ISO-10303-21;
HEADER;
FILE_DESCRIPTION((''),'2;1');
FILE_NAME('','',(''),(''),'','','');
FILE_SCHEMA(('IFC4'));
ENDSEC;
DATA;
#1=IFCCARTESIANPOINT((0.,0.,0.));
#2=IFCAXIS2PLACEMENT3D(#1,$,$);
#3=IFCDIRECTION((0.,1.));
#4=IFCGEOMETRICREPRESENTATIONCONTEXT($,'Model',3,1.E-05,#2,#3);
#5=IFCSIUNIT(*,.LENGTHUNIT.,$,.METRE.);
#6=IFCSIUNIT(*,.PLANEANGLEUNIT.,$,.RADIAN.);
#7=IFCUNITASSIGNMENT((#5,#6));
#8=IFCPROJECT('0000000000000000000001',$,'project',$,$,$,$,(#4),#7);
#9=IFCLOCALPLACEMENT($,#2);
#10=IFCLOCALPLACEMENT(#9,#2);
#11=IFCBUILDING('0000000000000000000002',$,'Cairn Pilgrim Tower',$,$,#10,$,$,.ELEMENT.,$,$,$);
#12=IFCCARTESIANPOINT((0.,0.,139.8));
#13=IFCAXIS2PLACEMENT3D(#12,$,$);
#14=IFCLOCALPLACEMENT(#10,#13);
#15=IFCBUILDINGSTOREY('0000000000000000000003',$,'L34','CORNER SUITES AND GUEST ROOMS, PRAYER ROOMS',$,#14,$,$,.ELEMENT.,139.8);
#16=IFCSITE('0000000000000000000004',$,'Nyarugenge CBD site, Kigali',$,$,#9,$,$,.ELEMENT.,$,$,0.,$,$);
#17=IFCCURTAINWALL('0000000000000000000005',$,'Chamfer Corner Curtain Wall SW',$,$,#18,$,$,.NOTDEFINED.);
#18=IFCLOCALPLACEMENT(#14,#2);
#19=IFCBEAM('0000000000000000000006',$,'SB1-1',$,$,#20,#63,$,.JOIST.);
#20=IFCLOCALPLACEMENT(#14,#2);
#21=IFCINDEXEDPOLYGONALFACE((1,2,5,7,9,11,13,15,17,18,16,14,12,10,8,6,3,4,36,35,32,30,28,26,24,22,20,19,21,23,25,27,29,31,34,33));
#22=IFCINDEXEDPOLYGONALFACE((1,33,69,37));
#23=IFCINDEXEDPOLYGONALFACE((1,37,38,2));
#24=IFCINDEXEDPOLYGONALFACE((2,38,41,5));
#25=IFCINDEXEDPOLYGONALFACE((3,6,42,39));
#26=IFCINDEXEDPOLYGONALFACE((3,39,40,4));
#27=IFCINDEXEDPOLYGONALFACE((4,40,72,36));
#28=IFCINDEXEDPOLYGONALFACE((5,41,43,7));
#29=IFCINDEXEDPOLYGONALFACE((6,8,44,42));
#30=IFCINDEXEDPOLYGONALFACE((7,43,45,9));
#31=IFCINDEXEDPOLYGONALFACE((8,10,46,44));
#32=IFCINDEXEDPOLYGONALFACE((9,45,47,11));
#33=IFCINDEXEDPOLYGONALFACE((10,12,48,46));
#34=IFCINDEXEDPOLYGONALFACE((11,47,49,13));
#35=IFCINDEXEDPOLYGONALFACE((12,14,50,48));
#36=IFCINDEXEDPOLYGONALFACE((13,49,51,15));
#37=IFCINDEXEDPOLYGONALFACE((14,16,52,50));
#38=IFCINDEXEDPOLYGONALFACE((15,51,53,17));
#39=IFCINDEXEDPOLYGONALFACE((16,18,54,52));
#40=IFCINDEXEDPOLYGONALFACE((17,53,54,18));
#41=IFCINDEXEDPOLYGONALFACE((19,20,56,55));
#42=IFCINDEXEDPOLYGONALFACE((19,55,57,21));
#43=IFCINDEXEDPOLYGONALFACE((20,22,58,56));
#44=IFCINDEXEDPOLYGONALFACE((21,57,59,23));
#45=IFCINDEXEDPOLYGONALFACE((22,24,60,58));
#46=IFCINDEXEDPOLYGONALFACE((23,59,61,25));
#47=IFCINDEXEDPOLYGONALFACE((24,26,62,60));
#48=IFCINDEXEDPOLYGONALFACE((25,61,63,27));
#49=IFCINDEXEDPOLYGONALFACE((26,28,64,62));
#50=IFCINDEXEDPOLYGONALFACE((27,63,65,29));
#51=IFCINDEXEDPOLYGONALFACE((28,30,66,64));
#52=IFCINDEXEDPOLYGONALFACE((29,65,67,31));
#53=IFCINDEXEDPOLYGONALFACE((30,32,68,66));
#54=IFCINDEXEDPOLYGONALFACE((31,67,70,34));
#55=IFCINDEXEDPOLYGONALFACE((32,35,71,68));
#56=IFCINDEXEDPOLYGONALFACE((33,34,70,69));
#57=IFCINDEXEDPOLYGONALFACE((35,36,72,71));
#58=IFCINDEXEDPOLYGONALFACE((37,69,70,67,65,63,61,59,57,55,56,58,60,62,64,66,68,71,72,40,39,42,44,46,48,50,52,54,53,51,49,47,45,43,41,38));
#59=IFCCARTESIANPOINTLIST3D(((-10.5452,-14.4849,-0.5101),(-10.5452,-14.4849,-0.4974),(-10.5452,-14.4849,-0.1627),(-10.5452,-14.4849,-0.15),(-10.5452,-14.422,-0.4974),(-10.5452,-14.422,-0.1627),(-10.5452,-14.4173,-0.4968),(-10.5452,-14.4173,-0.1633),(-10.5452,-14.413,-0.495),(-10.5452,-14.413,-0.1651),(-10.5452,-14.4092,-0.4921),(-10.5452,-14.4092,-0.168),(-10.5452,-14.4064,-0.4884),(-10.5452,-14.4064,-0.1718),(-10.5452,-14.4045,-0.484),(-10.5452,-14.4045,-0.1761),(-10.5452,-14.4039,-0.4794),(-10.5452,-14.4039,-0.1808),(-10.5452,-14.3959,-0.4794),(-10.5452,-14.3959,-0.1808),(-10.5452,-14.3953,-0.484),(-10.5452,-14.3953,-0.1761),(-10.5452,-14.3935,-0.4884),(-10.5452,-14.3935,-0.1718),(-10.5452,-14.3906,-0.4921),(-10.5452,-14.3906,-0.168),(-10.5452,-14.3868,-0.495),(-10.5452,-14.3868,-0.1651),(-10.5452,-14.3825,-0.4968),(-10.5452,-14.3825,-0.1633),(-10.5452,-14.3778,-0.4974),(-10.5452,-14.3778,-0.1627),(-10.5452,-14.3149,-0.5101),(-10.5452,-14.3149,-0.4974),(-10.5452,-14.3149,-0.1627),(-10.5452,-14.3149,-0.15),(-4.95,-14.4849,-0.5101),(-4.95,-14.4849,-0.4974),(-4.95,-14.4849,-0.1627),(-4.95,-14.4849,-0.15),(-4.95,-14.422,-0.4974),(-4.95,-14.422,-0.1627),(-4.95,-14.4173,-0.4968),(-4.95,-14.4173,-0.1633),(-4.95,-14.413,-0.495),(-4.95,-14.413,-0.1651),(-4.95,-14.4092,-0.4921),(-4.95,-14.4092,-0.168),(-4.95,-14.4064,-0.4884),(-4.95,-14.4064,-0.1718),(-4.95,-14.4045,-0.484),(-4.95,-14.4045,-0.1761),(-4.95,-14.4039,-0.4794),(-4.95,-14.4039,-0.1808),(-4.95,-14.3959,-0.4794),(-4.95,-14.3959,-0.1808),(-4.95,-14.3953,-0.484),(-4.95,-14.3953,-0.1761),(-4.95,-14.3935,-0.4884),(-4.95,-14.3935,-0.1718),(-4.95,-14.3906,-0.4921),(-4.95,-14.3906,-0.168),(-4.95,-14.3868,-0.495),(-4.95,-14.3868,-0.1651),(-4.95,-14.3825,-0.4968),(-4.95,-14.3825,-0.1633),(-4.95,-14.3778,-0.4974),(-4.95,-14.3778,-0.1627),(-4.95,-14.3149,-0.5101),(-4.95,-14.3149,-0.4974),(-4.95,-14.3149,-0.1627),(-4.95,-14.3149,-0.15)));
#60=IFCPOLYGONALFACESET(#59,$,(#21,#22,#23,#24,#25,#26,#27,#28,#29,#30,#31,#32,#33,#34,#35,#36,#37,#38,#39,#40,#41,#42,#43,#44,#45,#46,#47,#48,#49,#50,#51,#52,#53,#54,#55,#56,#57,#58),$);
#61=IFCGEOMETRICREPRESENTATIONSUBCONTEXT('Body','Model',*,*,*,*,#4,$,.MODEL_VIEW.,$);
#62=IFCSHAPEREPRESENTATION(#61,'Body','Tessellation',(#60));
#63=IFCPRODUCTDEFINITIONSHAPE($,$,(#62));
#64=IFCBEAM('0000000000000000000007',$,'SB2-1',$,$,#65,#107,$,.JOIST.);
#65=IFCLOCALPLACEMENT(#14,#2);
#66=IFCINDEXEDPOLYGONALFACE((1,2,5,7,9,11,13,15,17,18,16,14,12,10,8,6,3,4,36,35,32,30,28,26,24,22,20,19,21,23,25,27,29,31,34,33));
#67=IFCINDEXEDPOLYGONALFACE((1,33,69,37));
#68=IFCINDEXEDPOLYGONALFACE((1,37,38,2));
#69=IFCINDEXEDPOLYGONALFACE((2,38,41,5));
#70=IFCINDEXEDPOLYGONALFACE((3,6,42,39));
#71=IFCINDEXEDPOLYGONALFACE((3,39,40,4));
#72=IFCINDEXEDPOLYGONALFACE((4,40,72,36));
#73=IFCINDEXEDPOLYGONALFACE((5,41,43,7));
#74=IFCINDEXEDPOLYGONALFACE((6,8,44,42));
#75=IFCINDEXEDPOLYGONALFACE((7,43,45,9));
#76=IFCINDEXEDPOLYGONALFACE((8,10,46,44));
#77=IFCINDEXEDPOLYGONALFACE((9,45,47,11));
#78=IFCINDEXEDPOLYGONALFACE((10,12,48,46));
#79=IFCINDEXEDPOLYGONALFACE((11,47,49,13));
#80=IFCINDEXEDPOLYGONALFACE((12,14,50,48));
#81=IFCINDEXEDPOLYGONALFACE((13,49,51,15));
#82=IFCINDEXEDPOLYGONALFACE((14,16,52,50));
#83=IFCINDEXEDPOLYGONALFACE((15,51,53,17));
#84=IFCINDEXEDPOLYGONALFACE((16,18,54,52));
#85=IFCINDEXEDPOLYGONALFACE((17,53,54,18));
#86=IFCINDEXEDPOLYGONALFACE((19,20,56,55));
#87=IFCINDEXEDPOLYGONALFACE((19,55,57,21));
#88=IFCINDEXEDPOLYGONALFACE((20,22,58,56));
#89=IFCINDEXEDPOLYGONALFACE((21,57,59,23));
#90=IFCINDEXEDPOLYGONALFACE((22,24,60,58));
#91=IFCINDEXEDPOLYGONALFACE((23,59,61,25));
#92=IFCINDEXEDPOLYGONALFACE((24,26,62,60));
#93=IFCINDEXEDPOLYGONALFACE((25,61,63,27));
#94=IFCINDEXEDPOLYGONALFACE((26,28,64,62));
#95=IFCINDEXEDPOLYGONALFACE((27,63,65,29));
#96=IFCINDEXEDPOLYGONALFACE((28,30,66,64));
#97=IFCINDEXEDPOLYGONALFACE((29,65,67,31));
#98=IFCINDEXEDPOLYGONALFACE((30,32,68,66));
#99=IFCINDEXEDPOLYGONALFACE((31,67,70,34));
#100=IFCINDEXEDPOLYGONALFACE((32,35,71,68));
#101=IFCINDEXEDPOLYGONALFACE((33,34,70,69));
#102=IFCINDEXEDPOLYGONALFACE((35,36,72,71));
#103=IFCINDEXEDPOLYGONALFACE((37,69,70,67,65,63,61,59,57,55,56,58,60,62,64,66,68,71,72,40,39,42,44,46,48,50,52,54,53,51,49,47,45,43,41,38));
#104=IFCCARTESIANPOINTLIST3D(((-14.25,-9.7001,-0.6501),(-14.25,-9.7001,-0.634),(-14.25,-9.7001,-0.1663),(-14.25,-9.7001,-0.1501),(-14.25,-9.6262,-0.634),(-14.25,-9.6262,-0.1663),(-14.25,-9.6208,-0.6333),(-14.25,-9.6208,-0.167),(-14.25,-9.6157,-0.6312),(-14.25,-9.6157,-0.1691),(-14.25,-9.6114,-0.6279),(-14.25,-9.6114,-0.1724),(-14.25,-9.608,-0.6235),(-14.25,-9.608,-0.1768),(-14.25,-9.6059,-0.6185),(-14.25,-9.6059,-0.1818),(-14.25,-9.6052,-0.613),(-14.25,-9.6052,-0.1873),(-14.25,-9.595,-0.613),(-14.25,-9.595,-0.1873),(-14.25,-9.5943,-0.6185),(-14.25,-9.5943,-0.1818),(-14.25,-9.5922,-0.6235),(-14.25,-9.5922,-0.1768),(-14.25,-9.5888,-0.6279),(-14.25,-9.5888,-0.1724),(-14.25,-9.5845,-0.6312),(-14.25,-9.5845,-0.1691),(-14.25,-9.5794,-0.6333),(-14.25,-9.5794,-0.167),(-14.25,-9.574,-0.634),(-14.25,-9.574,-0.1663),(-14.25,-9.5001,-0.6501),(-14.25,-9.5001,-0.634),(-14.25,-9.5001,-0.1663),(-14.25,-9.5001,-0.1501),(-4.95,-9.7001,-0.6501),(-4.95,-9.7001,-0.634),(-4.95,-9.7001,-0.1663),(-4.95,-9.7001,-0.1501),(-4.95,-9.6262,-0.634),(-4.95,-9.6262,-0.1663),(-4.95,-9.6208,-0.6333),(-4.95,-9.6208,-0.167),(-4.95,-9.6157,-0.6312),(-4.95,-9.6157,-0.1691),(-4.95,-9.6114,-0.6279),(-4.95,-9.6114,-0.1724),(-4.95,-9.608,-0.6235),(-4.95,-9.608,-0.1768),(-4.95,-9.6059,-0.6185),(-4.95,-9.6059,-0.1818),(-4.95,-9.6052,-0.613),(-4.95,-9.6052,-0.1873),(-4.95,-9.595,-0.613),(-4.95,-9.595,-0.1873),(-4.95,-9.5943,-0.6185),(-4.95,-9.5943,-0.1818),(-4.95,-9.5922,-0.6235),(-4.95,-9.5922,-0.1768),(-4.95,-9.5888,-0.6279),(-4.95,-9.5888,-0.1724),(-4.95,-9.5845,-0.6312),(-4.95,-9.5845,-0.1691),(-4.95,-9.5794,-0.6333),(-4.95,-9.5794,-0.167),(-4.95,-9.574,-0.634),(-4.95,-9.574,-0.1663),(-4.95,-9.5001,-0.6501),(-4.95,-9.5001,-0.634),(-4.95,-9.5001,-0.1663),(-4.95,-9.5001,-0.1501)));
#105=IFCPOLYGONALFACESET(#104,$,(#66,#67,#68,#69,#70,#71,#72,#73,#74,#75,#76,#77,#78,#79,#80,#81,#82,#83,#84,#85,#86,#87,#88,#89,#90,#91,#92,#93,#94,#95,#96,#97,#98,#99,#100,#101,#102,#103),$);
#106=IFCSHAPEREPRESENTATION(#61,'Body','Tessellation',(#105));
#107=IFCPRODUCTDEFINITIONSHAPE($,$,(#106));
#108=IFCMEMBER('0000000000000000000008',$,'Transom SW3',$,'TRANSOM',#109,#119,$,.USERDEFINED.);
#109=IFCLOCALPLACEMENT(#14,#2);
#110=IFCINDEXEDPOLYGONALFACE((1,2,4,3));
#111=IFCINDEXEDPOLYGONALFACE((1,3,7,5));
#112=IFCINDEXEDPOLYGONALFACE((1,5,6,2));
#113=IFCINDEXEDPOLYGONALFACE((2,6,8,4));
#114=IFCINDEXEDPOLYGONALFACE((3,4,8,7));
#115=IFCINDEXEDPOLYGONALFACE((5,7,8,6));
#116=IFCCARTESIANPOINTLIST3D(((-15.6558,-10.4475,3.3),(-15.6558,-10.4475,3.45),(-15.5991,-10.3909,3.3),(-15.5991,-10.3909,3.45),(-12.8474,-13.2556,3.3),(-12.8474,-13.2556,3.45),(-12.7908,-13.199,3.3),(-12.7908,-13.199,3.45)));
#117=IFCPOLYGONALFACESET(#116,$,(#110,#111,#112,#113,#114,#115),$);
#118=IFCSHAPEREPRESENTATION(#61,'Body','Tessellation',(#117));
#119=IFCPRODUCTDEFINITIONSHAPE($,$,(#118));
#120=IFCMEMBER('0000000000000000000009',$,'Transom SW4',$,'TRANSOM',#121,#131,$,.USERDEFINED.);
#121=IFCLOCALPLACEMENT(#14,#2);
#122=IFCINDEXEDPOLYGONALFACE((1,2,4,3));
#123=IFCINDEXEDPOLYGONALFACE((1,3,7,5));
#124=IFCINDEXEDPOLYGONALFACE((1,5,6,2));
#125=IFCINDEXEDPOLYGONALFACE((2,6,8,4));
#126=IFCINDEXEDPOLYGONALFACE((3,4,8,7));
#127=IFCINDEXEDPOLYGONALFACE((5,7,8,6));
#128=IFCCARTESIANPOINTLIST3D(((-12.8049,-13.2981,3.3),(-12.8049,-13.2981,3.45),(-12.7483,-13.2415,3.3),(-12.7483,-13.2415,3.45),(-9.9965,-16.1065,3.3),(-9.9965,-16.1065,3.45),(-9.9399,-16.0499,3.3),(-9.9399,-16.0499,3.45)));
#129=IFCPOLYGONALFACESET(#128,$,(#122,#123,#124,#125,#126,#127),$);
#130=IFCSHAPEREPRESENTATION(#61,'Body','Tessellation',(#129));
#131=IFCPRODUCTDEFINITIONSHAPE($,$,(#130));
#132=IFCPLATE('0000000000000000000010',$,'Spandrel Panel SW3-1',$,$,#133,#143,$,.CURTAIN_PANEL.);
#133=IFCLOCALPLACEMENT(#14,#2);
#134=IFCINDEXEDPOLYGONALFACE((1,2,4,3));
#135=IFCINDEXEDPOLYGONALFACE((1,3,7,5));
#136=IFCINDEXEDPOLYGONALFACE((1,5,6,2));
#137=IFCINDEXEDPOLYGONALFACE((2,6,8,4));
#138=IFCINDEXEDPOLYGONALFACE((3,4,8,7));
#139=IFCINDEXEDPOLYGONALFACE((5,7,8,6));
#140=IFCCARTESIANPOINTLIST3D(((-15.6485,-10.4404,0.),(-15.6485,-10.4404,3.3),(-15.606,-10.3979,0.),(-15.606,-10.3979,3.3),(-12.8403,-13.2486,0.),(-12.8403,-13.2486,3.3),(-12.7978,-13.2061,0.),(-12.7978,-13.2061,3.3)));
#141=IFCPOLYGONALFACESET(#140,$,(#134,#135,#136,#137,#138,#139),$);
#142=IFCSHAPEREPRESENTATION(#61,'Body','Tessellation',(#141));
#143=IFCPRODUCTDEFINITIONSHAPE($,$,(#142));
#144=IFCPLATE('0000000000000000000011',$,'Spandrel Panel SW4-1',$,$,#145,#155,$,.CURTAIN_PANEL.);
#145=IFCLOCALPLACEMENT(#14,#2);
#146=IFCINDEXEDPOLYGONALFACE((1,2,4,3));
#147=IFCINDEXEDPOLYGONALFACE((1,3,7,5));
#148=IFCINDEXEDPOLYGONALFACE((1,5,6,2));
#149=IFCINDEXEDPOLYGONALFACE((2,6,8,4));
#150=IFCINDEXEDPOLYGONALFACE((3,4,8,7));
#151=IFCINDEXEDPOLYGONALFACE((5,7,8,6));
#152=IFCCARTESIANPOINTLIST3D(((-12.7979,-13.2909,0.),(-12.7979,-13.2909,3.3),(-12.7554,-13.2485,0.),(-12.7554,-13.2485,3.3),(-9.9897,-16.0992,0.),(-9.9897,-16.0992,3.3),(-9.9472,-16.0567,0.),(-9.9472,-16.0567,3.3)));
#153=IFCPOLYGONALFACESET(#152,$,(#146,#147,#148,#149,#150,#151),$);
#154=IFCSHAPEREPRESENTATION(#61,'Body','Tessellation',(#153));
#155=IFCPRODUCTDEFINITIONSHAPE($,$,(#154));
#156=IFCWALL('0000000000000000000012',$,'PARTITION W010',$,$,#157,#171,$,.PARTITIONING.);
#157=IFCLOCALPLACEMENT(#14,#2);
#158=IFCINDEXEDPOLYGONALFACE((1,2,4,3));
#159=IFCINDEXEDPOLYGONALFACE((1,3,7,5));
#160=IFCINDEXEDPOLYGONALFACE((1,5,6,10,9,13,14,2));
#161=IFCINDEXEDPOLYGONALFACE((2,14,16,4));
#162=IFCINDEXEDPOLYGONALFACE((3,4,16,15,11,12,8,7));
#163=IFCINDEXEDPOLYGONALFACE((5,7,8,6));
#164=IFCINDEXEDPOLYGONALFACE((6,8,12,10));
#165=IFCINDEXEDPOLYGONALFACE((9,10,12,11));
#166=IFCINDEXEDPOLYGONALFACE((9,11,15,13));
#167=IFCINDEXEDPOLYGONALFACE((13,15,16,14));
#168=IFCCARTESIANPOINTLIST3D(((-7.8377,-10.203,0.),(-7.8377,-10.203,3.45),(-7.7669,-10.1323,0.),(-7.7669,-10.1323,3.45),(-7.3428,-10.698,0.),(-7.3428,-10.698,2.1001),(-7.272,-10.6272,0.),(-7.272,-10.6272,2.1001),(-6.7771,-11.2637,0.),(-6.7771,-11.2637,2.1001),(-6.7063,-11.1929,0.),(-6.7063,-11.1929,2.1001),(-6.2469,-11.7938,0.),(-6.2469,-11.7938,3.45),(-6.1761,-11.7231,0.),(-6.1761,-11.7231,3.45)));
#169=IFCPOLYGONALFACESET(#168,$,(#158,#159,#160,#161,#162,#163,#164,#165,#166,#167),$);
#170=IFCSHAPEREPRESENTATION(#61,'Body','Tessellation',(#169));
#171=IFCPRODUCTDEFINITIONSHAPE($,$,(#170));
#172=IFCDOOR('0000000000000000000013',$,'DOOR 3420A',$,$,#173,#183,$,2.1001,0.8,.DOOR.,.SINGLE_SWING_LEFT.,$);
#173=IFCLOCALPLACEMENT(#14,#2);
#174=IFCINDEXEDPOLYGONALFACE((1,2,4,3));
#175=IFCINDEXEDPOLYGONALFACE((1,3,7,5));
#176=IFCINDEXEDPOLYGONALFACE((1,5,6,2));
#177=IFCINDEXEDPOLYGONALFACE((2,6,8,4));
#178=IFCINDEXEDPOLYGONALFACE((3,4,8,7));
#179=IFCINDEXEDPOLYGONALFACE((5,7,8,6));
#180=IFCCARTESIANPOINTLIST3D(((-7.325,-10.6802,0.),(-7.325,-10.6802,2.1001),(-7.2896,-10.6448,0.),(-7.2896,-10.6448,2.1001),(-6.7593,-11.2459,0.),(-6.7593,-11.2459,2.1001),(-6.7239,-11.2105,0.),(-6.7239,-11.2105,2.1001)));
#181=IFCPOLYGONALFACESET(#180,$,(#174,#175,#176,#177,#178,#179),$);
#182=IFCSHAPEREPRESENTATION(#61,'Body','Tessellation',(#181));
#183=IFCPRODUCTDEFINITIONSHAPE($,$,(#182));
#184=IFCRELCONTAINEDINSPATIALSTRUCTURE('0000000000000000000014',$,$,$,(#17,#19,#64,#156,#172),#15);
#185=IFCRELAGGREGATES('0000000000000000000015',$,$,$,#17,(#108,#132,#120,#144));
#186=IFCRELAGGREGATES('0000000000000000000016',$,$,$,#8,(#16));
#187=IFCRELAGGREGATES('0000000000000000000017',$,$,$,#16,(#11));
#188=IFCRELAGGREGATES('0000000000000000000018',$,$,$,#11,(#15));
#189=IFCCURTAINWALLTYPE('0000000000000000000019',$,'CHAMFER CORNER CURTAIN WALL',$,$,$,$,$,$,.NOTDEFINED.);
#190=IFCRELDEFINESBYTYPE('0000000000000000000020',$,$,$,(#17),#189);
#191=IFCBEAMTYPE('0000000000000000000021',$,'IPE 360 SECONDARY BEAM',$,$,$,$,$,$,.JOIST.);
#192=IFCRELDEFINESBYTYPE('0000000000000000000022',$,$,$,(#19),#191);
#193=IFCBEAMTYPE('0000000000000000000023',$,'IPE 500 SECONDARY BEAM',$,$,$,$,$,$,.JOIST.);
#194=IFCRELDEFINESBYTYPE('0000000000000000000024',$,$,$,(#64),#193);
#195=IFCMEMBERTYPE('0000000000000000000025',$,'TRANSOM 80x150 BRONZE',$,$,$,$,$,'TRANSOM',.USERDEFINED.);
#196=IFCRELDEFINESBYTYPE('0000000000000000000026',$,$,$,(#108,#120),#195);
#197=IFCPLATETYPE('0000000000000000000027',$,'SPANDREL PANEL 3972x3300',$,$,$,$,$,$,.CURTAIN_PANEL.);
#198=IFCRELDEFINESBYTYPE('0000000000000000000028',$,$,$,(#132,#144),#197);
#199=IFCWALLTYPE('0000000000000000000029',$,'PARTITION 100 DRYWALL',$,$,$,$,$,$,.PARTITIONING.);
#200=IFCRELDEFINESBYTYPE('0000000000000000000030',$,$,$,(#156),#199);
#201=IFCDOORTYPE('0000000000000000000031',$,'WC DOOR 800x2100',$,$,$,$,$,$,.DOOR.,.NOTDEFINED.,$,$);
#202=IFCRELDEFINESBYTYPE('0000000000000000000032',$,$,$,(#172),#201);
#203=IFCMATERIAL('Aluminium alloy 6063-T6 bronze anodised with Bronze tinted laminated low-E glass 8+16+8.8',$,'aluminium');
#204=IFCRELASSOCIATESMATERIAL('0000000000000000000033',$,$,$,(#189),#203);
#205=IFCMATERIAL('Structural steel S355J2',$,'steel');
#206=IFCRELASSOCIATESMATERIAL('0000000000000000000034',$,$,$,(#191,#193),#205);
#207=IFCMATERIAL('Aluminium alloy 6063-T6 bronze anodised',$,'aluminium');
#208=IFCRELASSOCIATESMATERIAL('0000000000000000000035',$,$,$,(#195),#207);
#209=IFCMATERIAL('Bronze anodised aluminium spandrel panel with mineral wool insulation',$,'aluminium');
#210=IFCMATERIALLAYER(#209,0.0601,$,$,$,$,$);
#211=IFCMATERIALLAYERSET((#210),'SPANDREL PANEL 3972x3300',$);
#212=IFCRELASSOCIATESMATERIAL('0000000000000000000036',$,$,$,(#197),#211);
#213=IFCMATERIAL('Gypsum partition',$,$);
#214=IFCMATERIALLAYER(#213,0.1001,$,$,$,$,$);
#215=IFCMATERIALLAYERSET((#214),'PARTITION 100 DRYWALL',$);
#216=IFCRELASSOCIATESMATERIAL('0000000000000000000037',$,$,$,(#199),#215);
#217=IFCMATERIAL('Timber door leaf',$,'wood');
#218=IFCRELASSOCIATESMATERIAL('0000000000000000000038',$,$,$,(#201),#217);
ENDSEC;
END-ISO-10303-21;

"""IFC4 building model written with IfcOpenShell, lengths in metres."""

from ifc_helpers import new_model, si_unit, direction, frame, frame_2d, origin, origin_2d, place, context, subcontext, project, spatial, rectangle, i_section, extrude, material, layer, layer_set, material_profile, profile_set, type_object, element, fill, aggregate, save


model = new_model("IFC4")

# Units and contexts
model_context = context("Model", 3, precision=1e-05, world=origin(), true_north=direction((0.0, 1.0)))
body_context = subcontext(model_context, "Body", "Model", "MODEL_VIEW")
ifc_project = project(units=[si_unit("LENGTHUNIT", "METRE"), si_unit("PLANEANGLEUNIT", "RADIAN")], contexts=[model_context])

# Site, building, storey
site_placement = place(None, origin())
site = spatial("IfcSite", under=ifc_project, at=site_placement, Name="Nyarugenge CBD site, Kigali", CompositionType="ELEMENT", RefElevation=0.0)
building_placement = place(site_placement, origin())
building = spatial("IfcBuilding", under=site, at=building_placement, Name="Cairn Pilgrim Tower", CompositionType="ELEMENT")
storey_placement = place(building_placement, frame((0.0, 0.0, 139.8)))
storey = spatial("IfcBuildingStorey", under=building, at=storey_placement, Name="L34", Description="CORNER SUITES AND GUEST ROOMS, PRAYER ROOMS", CompositionType="ELEMENT", Elevation=139.8)

# Shared definitions
ifc_material_1 = material(Name="Structural steel S355J2", Category="steel")

# Shared definitions
ifc_material_2 = material(Name="Aluminium alloy 6063-T6 bronze anodised with Bronze tinted laminated low-E glass 8+16+8.8", Category="aluminium")
ifc_material_3 = material(Name="Aluminium alloy 6063-T6 bronze anodised", Category="aluminium")

# Curtain wall
curtain_wall_type_1 = type_object("IfcCurtainWallType", Name="CHAMFER CORNER CURTAIN WALL", PredefinedType="NOTDEFINED", material=ifc_material_2)
curtain_wall_1_placement = place(storey_placement, origin())
curtain_wall_1 = element("IfcCurtainWall", 1, at=curtain_wall_1_placement, inside=storey, type_object=curtain_wall_type_1, Name="Chamfer Corner Curtain Wall SW", PredefinedType="NOTDEFINED")

# Beams
ifc_material_profile_1 = material_profile(ifc_material_1, i_section(OverallWidth=0.1699, OverallDepth=0.3601, WebThickness=0.0081, FlangeThickness=0.0127, FilletRadius=0.0181, at=origin_2d()), Name="IPE 360")
ifc_profile_set_1 = profile_set([ifc_material_profile_1], Name="Structural steel S355J2")
beam_type_1 = type_object("IfcBeamType", Name="IPE 360 SECONDARY BEAM", PredefinedType="JOIST", material=ifc_profile_set_1)
beam_1_placement = place(storey_placement, frame((-10.5452, -14.3999, -0.3301), z_axis=(1.0, 0.0, 0.0), x_axis=(0.0, 1.0, 0.0)))
element("IfcBeam", 2, at=beam_1_placement, inside=storey, type_object=beam_type_1, Name="SB1-1", PredefinedType="JOIST", context=body_context, shape_type="SweptSolid", body=[
    extrude(i_section(OverallWidth=0.1699, OverallDepth=0.3601, WebThickness=0.0081, FlangeThickness=0.0127, FilletRadius=0.0181, at=origin_2d()), origin(), (0.0, 0.0, 1.0), 5.5952),
])
ifc_material_profile_2 = material_profile(ifc_material_1, i_section(OverallWidth=0.2, OverallDepth=0.5, WebThickness=0.0103, FlangeThickness=0.0161, FilletRadius=0.021, at=origin_2d()), Name="IPE 500")
ifc_profile_set_2 = profile_set([ifc_material_profile_2], Name="Structural steel S355J2")
beam_type_2 = type_object("IfcBeamType", Name="IPE 500 SECONDARY BEAM", PredefinedType="JOIST", material=ifc_profile_set_2)
beam_2_placement = place(storey_placement, frame((-14.25, -9.6001, -0.4001), z_axis=(1.0, 0.0, 0.0), x_axis=(0.0, 1.0, 0.0)))
element("IfcBeam", 3, at=beam_2_placement, inside=storey, type_object=beam_type_2, Name="SB2-1", PredefinedType="JOIST", context=body_context, shape_type="SweptSolid", body=[
    extrude(i_section(OverallWidth=0.2, OverallDepth=0.5, WebThickness=0.0103, FlangeThickness=0.0161, FilletRadius=0.021, at=origin_2d()), origin(), (0.0, 0.0, 1.0), 9.3),
])

# Members
ifc_material_profile_3 = material_profile(ifc_material_3, rectangle(XDim=0.0801, YDim=0.1499, at=origin_2d()), Name="TRANSOM 80x150 BRONZE")
ifc_profile_set_3 = profile_set([ifc_material_profile_3], Name="Aluminium alloy 6063-T6 bronze anodised")
member_type_1 = type_object("IfcMemberType", Name="TRANSOM 80x150 BRONZE", ElementType="TRANSOM", PredefinedType="USERDEFINED", material=ifc_profile_set_3)
member_1_placement = place(storey_placement, frame((-15.6274, -10.4192, 3.375), z_axis=(0.707138, -0.707076, 0.0), x_axis=(0.707076, 0.707138, 0.0)))
member_1 = element("IfcMember", 4, at=member_1_placement, type_object=member_type_1, Name="Transom SW3", ObjectType="TRANSOM", PredefinedType="USERDEFINED", context=body_context, shape_type="SweptSolid", body=[
    extrude(rectangle(XDim=0.0801, YDim=0.1499, at=origin_2d()), origin(), (0.0, 0.0, 1.0), 3.9714),
])
member_2_placement = place(storey_placement, frame((-12.7766, -13.2698, 3.375), z_axis=(0.707107, -0.707107, 0.0), x_axis=(0.707107, 0.707107, 0.0)))
member_2 = element("IfcMember", 5, at=member_2_placement, type_object=member_type_1, Name="Transom SW4", ObjectType="TRANSOM", PredefinedType="USERDEFINED", context=body_context, shape_type="SweptSolid", body=[
    extrude(rectangle(XDim=0.0801, YDim=0.1499, at=origin_2d()), origin(), (0.0, 0.0, 1.0), 3.9717),
])

# Plates
ifc_material_4 = material(Name="Bronze anodised aluminium spandrel panel with mineral wool insulation", Category="aluminium")
ifc_layer_1 = layer(ifc_material_4, 0.0601)
ifc_layer_set_1 = layer_set([ifc_layer_1], Name="SPANDREL PANEL 3972x3300")
plate_type = type_object("IfcPlateType", Name="SPANDREL PANEL 3972x3300", PredefinedType="CURTAIN_PANEL", material=ifc_layer_set_1)
plate_1_placement = place(storey_placement, frame((-14.2231, -11.8232, 0.0), z_axis=(0.0, 0.0, 1.0), x_axis=(0.707107, -0.707107, 0.0)))
plate_1 = element("IfcPlate", 6, at=plate_1_placement, type_object=plate_type, Name="Spandrel Panel SW3-1", PredefinedType="CURTAIN_PANEL", context=body_context, shape_type="SweptSolid", body=[
    extrude(rectangle(XDim=3.9714, YDim=0.0601, at=origin_2d()), origin(), (0.0, 0.0, 1.0), 3.3),
])
plate_2_placement = place(storey_placement, frame((-11.3726, -14.6738, 0.0), z_axis=(0.0, 0.0, 1.0), x_axis=(0.707107, -0.707107, 0.0)))
plate_2 = element("IfcPlate", 7, at=plate_2_placement, type_object=plate_type, Name="Spandrel Panel SW4-1", PredefinedType="CURTAIN_PANEL", context=body_context, shape_type="SweptSolid", body=[
    extrude(rectangle(XDim=3.9714, YDim=0.0601, at=origin_2d()), origin(), (0.0, 0.0, 1.0), 3.3),
])
aggregate(curtain_wall_1, [member_1, plate_1, member_2, plate_2])

# Wall, opening, door
ifc_material_5 = material(Name="Gypsum partition")
ifc_layer_2 = layer(ifc_material_5, 0.1001)
ifc_layer_set_2 = layer_set([ifc_layer_2], Name="PARTITION 100 DRYWALL")
wall_type_1 = type_object("IfcWallType", Name="PARTITION 100 DRYWALL", PredefinedType="PARTITIONING", material=ifc_layer_set_2)
wall_1_placement = place(storey_placement, frame((-6.2114, -11.7585, 0.0), z_axis=(0.0, 0.0, 1.0), x_axis=(-0.707107, 0.707107, 0.0)))
wall_1 = element("IfcWall", 8, at=wall_1_placement, inside=storey, type_object=wall_type_1, Name="PARTITION W010", PredefinedType="PARTITIONING", context=body_context, shape_type="SweptSolid", body=[
    extrude(rectangle(XDim=2.2498, YDim=0.1001, at=frame_2d((1.125, 0.0))), origin(), (0.0, 0.0, 1.0), 3.45),
])
opening_1_placement = place(wall_1_placement, frame((0.75, 0.0, 0.0)))
opening_1 = element("IfcOpeningElement", 9, at=opening_1_placement, cuts=wall_1, PredefinedType="OPENING", context=body_context, shape_type="SweptSolid", body=[
    extrude(rectangle(XDim=0.8, YDim=2.1001, at=frame_2d((0.3999, 1.05))), frame((0.0, 0.0601, 0.0), z_axis=(0.0, -1.0, 0.0), x_axis=(1.0, 0.0, 0.0)), (0.0, 0.0, 1.0), 0.1201),
])
ifc_material_6 = material(Name="Timber door leaf", Category="wood")
door_type_1 = type_object("IfcDoorType", Name="WC DOOR 800x2100", OperationType="NOTDEFINED", PredefinedType="DOOR", material=ifc_material_6)
door_1_placement = place(opening_1_placement, origin())
door_1 = element("IfcDoor", 10, at=door_1_placement, inside=storey, type_object=door_type_1, Name="DOOR 3420A", OperationType="SINGLE_SWING_LEFT", OverallHeight=2.1001, OverallWidth=0.8, PredefinedType="DOOR", context=body_context, shape_type="SweptSolid", body=[
    extrude(rectangle(XDim=0.8, YDim=2.1001, at=frame_2d((0.3999, 1.05))), frame((0.0, 0.0249, 0.0), z_axis=(0.0, -1.0, 0.0), x_axis=(1.0, 0.0, 0.0)), (0.0, 0.0, 1.0), 0.05),
])
fill(opening_1, door_1)

save(model, "model.ifc")
